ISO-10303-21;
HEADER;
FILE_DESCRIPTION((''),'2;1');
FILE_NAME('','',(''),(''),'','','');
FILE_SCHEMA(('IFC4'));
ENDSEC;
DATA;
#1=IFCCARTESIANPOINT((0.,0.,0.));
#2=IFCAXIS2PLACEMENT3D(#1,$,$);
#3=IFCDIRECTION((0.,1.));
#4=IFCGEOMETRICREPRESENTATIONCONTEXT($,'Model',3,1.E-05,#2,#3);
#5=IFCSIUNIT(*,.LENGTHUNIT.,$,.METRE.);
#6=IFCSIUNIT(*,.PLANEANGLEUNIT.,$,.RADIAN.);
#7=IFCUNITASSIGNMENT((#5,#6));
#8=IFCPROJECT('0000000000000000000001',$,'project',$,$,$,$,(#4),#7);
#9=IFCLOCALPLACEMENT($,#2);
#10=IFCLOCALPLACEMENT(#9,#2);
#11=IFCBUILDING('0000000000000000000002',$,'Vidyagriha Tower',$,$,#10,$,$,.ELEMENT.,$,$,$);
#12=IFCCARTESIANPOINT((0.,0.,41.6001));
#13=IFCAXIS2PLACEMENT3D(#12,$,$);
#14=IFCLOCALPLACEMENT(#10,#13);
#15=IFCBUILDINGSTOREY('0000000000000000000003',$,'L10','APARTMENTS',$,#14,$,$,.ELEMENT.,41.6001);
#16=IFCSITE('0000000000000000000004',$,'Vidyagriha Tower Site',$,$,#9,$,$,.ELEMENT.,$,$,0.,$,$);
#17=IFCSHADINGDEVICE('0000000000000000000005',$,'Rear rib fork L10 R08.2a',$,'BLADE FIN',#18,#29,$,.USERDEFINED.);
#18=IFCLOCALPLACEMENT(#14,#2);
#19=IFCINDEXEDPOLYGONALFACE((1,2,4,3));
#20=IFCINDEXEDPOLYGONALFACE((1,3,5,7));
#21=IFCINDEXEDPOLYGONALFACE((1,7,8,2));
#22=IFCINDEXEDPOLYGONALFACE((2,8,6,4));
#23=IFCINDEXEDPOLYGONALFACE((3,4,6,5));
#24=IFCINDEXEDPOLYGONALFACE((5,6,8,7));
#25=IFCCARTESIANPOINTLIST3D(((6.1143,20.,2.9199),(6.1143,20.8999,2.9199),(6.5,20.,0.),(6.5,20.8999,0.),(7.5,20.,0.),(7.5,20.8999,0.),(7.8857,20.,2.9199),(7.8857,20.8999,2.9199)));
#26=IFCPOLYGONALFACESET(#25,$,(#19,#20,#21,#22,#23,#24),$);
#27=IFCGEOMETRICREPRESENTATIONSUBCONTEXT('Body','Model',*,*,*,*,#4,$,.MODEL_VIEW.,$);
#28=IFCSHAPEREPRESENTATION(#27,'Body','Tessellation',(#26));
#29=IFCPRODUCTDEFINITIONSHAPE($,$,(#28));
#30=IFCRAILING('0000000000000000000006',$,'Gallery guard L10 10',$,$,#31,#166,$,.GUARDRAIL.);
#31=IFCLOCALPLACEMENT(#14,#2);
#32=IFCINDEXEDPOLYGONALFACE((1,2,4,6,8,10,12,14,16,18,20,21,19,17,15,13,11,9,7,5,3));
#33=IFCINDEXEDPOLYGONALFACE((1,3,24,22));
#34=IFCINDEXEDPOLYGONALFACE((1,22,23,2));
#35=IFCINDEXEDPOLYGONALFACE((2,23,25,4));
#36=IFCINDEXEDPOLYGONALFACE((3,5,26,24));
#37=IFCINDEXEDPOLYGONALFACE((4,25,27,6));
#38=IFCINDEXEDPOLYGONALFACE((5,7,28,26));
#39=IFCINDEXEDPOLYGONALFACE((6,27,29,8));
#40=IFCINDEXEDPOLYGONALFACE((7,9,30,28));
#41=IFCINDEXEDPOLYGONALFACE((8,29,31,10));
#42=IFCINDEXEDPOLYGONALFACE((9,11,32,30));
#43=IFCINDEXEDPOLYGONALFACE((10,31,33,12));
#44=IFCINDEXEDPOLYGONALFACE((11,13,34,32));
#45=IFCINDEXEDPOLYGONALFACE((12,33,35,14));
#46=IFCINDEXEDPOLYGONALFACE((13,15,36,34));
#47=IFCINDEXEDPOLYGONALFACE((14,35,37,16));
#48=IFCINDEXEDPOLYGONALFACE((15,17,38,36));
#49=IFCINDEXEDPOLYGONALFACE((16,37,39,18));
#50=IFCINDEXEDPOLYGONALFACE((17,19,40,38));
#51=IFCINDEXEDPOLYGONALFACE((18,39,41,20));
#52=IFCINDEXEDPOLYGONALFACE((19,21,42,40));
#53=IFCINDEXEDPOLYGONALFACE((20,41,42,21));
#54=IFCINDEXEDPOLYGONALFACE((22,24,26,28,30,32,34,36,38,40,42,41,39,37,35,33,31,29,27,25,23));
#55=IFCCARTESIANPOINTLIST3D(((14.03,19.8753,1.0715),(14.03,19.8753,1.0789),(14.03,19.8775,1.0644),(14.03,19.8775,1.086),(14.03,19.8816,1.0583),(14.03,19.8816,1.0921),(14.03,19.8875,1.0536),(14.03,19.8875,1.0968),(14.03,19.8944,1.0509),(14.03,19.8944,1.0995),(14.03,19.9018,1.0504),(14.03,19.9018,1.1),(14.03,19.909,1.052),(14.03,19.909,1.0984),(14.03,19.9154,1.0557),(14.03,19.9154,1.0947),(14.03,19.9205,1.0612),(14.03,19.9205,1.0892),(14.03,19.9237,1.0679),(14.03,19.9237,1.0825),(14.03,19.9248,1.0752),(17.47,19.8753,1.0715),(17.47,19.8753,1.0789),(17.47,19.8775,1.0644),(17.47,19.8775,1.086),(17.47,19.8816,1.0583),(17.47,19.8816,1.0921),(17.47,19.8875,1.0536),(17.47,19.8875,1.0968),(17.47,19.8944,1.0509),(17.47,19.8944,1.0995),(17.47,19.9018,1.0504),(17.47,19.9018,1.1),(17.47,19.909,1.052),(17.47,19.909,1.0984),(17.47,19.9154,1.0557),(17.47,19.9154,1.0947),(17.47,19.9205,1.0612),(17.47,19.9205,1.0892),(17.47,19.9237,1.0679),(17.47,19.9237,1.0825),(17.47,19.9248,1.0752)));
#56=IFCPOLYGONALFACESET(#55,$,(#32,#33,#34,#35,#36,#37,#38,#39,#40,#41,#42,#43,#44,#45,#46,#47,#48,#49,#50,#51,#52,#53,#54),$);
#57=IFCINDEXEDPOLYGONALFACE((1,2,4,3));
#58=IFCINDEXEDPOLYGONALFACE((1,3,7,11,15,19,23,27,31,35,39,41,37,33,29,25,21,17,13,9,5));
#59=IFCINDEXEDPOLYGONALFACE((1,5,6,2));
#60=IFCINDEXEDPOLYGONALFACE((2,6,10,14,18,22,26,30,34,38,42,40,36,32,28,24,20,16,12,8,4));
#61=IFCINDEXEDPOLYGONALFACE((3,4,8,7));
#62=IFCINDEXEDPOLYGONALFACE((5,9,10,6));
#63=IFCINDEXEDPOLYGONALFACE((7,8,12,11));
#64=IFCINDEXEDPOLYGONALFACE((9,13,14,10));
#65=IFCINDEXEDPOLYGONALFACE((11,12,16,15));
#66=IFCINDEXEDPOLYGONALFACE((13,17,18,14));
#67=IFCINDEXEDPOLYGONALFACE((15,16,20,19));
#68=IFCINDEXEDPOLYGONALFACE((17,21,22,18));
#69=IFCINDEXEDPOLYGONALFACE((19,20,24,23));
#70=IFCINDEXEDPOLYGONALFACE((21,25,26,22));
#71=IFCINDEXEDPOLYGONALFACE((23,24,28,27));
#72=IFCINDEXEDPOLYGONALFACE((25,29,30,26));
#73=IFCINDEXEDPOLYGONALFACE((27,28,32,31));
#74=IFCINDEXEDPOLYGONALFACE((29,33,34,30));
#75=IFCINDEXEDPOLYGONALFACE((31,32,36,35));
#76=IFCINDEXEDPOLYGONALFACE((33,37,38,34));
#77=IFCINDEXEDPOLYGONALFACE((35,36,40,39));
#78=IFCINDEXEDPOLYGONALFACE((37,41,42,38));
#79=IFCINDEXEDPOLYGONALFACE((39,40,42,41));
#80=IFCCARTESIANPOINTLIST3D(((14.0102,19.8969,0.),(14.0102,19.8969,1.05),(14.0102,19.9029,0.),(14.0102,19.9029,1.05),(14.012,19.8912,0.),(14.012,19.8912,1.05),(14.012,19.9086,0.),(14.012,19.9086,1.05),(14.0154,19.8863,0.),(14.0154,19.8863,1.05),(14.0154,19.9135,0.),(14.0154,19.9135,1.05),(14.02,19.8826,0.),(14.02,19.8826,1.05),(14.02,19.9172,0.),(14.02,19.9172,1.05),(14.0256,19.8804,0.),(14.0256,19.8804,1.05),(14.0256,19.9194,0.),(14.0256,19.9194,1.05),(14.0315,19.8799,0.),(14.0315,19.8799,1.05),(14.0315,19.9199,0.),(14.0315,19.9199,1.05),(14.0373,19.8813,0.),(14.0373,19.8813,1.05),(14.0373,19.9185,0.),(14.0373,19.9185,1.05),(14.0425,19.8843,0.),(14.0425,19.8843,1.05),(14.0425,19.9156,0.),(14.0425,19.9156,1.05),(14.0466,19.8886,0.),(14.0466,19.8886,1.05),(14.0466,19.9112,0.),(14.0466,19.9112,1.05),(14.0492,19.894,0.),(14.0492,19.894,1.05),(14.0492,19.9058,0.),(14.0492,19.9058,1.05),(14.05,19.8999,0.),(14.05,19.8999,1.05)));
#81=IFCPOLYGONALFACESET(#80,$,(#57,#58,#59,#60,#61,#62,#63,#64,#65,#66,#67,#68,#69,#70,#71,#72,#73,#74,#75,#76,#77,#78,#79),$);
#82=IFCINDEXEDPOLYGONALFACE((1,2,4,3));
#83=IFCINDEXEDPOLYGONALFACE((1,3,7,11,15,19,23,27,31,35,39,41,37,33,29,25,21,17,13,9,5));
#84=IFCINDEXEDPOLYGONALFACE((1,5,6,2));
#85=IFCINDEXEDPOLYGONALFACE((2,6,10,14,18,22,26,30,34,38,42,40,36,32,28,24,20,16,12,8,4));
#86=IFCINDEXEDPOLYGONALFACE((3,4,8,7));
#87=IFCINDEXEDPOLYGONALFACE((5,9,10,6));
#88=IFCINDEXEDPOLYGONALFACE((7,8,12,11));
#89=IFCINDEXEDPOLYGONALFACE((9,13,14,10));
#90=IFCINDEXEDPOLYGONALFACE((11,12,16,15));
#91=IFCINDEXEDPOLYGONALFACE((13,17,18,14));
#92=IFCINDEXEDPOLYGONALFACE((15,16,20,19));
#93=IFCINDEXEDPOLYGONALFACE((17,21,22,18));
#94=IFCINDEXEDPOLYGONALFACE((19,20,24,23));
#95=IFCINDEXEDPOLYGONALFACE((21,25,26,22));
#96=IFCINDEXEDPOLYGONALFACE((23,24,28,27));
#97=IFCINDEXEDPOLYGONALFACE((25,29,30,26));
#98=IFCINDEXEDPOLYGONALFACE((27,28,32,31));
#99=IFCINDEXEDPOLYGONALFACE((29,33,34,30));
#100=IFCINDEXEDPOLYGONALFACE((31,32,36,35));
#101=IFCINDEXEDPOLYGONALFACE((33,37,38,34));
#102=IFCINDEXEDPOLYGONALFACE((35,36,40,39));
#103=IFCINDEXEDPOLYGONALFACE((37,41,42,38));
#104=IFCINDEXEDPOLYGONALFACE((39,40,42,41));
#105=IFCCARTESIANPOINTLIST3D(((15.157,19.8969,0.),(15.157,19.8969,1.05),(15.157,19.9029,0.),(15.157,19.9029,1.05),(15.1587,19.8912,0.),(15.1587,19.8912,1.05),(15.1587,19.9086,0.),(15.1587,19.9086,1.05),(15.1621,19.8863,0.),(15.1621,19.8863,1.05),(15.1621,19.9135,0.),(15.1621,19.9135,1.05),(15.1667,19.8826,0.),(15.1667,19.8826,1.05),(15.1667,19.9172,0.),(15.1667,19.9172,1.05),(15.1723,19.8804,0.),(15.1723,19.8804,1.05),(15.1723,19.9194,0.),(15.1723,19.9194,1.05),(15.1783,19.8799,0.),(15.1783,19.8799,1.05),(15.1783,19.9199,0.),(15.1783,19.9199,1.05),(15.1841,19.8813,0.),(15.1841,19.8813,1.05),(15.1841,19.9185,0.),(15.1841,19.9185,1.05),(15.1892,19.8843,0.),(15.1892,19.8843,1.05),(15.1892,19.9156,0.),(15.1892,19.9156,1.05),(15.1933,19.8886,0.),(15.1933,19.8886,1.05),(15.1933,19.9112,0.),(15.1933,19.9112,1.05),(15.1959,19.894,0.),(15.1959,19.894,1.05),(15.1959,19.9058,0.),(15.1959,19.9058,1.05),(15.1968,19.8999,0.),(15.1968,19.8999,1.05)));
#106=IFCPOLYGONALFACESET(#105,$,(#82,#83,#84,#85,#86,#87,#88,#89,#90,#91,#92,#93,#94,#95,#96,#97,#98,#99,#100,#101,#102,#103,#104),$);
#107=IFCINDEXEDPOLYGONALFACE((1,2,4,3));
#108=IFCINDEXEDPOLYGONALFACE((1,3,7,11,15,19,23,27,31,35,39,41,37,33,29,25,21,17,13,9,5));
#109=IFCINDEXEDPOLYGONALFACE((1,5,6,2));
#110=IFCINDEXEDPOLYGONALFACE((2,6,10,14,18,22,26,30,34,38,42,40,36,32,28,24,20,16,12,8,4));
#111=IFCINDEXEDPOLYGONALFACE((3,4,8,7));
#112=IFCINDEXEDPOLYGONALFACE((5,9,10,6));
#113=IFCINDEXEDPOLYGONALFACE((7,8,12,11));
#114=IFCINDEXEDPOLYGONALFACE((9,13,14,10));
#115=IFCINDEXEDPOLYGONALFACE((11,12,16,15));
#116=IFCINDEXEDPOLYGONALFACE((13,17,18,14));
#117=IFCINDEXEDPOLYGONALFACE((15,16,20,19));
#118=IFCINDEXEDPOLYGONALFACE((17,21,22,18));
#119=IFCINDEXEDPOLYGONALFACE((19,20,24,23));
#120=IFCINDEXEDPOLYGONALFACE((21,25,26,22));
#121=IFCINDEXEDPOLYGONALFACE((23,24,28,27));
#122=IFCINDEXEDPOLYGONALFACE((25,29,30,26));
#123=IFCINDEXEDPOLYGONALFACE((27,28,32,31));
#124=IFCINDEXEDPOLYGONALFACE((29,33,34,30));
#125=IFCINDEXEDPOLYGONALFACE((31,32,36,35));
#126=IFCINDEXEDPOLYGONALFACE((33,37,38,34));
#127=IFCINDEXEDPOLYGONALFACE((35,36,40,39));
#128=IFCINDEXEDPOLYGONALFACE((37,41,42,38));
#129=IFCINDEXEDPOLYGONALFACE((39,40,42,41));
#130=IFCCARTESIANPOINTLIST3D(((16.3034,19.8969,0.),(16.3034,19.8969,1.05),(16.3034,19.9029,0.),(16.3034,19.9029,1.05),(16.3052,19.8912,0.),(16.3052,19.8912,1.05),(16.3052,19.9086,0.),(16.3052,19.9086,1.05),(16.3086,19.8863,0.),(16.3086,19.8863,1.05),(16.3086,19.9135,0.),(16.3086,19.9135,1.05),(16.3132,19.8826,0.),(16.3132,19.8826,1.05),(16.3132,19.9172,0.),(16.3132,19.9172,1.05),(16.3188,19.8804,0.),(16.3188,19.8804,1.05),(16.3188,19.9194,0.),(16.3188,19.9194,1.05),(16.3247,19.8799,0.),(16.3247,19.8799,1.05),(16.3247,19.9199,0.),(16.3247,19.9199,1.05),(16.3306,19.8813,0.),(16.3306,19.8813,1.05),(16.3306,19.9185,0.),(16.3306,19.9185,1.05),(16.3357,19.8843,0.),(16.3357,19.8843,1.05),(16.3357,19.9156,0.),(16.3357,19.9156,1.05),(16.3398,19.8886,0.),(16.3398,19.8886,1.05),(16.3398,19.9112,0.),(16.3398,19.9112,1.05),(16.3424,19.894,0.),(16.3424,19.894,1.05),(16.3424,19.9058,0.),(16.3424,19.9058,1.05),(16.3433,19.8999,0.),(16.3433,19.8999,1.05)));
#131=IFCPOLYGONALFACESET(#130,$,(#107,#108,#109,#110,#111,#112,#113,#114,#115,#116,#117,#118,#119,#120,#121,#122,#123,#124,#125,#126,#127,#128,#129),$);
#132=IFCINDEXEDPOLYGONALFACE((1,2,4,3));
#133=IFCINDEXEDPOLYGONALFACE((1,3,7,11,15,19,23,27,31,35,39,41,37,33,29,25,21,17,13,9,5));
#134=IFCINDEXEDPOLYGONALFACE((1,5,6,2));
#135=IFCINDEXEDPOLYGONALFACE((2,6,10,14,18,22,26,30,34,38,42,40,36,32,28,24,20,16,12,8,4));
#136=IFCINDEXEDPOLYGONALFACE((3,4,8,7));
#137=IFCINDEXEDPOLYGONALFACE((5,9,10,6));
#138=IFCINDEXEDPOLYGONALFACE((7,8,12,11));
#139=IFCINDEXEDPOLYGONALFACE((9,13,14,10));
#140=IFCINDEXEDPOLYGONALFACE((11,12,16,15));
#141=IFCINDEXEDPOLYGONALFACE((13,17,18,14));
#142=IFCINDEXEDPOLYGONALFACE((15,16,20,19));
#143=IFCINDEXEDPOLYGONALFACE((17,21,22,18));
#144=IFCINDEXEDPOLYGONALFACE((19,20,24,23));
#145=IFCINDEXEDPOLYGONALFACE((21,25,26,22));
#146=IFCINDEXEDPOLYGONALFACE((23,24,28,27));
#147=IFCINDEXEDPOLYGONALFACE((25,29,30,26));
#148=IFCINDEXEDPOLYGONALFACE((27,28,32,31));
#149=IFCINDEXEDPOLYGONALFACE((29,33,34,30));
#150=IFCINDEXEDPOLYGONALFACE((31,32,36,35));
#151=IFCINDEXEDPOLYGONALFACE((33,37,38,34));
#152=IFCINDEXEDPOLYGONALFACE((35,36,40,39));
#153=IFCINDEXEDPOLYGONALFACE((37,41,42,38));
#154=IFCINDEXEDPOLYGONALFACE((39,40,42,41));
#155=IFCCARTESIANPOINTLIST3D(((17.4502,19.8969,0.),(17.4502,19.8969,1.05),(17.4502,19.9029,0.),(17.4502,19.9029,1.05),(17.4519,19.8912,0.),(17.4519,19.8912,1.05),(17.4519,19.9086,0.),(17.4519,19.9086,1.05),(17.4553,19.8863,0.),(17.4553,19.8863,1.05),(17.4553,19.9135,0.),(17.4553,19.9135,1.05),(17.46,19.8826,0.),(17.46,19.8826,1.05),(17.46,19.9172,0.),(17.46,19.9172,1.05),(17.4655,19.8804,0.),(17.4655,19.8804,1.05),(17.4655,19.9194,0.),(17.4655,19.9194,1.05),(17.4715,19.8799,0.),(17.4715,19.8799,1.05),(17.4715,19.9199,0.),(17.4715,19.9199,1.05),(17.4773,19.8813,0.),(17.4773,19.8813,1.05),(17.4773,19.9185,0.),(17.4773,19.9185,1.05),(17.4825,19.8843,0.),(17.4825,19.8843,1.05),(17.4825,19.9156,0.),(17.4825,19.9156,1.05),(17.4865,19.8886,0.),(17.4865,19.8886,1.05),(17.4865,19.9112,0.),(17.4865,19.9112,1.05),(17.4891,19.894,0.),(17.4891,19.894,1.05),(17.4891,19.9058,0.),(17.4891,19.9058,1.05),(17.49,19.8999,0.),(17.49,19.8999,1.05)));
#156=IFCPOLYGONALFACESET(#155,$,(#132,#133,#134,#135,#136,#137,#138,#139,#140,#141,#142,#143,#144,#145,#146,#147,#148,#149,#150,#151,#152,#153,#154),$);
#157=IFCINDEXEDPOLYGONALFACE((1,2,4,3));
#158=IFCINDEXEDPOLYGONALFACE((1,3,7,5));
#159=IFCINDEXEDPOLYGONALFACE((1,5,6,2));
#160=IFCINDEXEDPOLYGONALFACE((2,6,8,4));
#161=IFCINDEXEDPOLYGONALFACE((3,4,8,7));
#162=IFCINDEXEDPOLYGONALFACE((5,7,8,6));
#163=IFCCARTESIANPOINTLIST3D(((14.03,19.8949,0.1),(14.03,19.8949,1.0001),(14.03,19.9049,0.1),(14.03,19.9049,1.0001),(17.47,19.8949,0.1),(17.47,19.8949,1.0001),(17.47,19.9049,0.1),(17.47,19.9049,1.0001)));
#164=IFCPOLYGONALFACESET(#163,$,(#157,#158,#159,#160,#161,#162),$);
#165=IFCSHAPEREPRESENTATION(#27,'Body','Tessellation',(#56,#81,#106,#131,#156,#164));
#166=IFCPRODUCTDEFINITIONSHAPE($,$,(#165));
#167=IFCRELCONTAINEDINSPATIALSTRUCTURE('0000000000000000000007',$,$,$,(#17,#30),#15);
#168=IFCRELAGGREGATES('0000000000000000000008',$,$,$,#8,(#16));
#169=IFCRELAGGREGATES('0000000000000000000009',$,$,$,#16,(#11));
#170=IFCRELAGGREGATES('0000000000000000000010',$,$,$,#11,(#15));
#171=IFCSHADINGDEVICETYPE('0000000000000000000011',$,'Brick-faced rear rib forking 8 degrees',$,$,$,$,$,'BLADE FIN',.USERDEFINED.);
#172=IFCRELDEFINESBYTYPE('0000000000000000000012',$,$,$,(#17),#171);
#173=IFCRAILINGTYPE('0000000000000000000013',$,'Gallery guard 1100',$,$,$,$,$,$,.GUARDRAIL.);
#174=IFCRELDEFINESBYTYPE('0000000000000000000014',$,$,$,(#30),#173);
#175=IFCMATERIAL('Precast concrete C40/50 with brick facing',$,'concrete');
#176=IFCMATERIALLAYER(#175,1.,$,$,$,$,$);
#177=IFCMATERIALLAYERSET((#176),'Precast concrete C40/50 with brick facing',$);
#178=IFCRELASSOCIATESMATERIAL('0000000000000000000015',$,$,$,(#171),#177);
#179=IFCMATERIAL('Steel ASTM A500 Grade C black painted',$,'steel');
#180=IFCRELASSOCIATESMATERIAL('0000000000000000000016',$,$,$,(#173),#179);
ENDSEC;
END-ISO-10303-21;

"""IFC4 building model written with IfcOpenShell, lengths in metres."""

from ifc_helpers import new_model, si_unit, direction, frame, origin, origin_2d, place, context, subcontext, project, spatial, polyline, rectangle, circle, outline, extrude, material, layer, layer_set, type_object, element, save


model = new_model("IFC4")

# Units and contexts
model_context = context("Model", 3, precision=1e-05, world=origin(), true_north=direction((0.0, 1.0)))
body_context = subcontext(model_context, "Body", "Model", "MODEL_VIEW")
ifc_project = project(units=[si_unit("LENGTHUNIT", "METRE"), si_unit("PLANEANGLEUNIT", "RADIAN")], contexts=[model_context])

# Site, building, storey
site_placement = place(None, origin())
site = spatial("IfcSite", under=ifc_project, at=site_placement, Name="Vidyagriha Tower Site", CompositionType="ELEMENT", RefElevation=0.0)
building_placement = place(site_placement, origin())
building = spatial("IfcBuilding", under=site, at=building_placement, Name="Vidyagriha Tower", CompositionType="ELEMENT")
storey_placement = place(building_placement, frame((0.0, 0.0, 41.6001)))
storey = spatial("IfcBuildingStorey", under=building, at=storey_placement, Name="L10", Description="APARTMENTS", CompositionType="ELEMENT", Elevation=41.6001)

# Shading device
ifc_material_1 = material(Name="Precast concrete C40/50 with brick facing", Category="concrete")
ifc_layer_1 = layer(ifc_material_1, 1.0)
ifc_layer_set_1 = layer_set([ifc_layer_1], Name="Precast concrete C40/50 with brick facing")
shading_device_type_1 = type_object("IfcShadingDeviceType", Name="Brick-faced rear rib forking 8 degrees", ElementType="BLADE FIN", PredefinedType="USERDEFINED", material=ifc_layer_set_1)
shading_device_1_placement = place(storey_placement, frame((7.8857, 20.45, 0.0), z_axis=(0.0, 0.0, 1.0), x_axis=(-1.0, 0.0, 0.0)))
element("IfcShadingDevice", 1, at=shading_device_1_placement, inside=storey, type_object=shading_device_type_1, Name="Rear rib fork L10 R08.2a", ObjectType="BLADE FIN", PredefinedType="USERDEFINED", context=body_context, shape_type="SweptSolid", body=[
    extrude(outline(polyline([(0.3857, 0.0), (1.3857, 0.0), (1.7715, 2.9199), (0.0, 2.9199), (0.3857, 0.0)])), frame((0.0, 0.45, 0.0), z_axis=(0.0, -1.0, 0.0), x_axis=(1.0, 0.0, 0.0)), (0.0, 0.0, 1.0), 0.8999),
])

# Railing
ifc_material_2 = material(Name="Steel ASTM A500 Grade C black painted", Category="steel")
railing_type = type_object("IfcRailingType", Name="Gallery guard 1100", PredefinedType="GUARDRAIL", material=ifc_material_2)
railing_1_placement = place(storey_placement, frame((14.03, 19.8999, 0.0)))
element("IfcRailing", 2, at=railing_1_placement, inside=storey, type_object=railing_type, Name="Gallery guard L10 10", PredefinedType="GUARDRAIL", context=body_context, shape_type="SweptSolid", body=[
    extrude(circle(Radius=0.0249, at=origin_2d()), frame((0.0, 0.0, 1.0752), z_axis=(1.0, 0.0, 0.0), x_axis=(0.0, 1.0, 0.0)), (0.0, 0.0, 1.0), 3.4399),
    extrude(circle(Radius=0.02, at=origin_2d()), origin(), (0.0, 0.0, 1.0), 1.05),
    extrude(circle(Radius=0.02, at=origin_2d()), frame((1.1467, 0.0, 0.0)), (0.0, 0.0, 1.0), 1.05),
    extrude(circle(Radius=0.02, at=origin_2d()), frame((2.2932, 0.0, 0.0)), (0.0, 0.0, 1.0), 1.05),
    extrude(circle(Radius=0.02, at=origin_2d()), frame((3.4399, 0.0, 0.0)), (0.0, 0.0, 1.0), 1.05),
    extrude(rectangle(XDim=0.01, YDim=0.9001, at=origin_2d()), frame((0.0, 0.0, 0.55), z_axis=(1.0, 0.0, 0.0), x_axis=(0.0, 1.0, 0.0)), (0.0, 0.0, 1.0), 3.4399),
])

save(model, "model.ifc")
